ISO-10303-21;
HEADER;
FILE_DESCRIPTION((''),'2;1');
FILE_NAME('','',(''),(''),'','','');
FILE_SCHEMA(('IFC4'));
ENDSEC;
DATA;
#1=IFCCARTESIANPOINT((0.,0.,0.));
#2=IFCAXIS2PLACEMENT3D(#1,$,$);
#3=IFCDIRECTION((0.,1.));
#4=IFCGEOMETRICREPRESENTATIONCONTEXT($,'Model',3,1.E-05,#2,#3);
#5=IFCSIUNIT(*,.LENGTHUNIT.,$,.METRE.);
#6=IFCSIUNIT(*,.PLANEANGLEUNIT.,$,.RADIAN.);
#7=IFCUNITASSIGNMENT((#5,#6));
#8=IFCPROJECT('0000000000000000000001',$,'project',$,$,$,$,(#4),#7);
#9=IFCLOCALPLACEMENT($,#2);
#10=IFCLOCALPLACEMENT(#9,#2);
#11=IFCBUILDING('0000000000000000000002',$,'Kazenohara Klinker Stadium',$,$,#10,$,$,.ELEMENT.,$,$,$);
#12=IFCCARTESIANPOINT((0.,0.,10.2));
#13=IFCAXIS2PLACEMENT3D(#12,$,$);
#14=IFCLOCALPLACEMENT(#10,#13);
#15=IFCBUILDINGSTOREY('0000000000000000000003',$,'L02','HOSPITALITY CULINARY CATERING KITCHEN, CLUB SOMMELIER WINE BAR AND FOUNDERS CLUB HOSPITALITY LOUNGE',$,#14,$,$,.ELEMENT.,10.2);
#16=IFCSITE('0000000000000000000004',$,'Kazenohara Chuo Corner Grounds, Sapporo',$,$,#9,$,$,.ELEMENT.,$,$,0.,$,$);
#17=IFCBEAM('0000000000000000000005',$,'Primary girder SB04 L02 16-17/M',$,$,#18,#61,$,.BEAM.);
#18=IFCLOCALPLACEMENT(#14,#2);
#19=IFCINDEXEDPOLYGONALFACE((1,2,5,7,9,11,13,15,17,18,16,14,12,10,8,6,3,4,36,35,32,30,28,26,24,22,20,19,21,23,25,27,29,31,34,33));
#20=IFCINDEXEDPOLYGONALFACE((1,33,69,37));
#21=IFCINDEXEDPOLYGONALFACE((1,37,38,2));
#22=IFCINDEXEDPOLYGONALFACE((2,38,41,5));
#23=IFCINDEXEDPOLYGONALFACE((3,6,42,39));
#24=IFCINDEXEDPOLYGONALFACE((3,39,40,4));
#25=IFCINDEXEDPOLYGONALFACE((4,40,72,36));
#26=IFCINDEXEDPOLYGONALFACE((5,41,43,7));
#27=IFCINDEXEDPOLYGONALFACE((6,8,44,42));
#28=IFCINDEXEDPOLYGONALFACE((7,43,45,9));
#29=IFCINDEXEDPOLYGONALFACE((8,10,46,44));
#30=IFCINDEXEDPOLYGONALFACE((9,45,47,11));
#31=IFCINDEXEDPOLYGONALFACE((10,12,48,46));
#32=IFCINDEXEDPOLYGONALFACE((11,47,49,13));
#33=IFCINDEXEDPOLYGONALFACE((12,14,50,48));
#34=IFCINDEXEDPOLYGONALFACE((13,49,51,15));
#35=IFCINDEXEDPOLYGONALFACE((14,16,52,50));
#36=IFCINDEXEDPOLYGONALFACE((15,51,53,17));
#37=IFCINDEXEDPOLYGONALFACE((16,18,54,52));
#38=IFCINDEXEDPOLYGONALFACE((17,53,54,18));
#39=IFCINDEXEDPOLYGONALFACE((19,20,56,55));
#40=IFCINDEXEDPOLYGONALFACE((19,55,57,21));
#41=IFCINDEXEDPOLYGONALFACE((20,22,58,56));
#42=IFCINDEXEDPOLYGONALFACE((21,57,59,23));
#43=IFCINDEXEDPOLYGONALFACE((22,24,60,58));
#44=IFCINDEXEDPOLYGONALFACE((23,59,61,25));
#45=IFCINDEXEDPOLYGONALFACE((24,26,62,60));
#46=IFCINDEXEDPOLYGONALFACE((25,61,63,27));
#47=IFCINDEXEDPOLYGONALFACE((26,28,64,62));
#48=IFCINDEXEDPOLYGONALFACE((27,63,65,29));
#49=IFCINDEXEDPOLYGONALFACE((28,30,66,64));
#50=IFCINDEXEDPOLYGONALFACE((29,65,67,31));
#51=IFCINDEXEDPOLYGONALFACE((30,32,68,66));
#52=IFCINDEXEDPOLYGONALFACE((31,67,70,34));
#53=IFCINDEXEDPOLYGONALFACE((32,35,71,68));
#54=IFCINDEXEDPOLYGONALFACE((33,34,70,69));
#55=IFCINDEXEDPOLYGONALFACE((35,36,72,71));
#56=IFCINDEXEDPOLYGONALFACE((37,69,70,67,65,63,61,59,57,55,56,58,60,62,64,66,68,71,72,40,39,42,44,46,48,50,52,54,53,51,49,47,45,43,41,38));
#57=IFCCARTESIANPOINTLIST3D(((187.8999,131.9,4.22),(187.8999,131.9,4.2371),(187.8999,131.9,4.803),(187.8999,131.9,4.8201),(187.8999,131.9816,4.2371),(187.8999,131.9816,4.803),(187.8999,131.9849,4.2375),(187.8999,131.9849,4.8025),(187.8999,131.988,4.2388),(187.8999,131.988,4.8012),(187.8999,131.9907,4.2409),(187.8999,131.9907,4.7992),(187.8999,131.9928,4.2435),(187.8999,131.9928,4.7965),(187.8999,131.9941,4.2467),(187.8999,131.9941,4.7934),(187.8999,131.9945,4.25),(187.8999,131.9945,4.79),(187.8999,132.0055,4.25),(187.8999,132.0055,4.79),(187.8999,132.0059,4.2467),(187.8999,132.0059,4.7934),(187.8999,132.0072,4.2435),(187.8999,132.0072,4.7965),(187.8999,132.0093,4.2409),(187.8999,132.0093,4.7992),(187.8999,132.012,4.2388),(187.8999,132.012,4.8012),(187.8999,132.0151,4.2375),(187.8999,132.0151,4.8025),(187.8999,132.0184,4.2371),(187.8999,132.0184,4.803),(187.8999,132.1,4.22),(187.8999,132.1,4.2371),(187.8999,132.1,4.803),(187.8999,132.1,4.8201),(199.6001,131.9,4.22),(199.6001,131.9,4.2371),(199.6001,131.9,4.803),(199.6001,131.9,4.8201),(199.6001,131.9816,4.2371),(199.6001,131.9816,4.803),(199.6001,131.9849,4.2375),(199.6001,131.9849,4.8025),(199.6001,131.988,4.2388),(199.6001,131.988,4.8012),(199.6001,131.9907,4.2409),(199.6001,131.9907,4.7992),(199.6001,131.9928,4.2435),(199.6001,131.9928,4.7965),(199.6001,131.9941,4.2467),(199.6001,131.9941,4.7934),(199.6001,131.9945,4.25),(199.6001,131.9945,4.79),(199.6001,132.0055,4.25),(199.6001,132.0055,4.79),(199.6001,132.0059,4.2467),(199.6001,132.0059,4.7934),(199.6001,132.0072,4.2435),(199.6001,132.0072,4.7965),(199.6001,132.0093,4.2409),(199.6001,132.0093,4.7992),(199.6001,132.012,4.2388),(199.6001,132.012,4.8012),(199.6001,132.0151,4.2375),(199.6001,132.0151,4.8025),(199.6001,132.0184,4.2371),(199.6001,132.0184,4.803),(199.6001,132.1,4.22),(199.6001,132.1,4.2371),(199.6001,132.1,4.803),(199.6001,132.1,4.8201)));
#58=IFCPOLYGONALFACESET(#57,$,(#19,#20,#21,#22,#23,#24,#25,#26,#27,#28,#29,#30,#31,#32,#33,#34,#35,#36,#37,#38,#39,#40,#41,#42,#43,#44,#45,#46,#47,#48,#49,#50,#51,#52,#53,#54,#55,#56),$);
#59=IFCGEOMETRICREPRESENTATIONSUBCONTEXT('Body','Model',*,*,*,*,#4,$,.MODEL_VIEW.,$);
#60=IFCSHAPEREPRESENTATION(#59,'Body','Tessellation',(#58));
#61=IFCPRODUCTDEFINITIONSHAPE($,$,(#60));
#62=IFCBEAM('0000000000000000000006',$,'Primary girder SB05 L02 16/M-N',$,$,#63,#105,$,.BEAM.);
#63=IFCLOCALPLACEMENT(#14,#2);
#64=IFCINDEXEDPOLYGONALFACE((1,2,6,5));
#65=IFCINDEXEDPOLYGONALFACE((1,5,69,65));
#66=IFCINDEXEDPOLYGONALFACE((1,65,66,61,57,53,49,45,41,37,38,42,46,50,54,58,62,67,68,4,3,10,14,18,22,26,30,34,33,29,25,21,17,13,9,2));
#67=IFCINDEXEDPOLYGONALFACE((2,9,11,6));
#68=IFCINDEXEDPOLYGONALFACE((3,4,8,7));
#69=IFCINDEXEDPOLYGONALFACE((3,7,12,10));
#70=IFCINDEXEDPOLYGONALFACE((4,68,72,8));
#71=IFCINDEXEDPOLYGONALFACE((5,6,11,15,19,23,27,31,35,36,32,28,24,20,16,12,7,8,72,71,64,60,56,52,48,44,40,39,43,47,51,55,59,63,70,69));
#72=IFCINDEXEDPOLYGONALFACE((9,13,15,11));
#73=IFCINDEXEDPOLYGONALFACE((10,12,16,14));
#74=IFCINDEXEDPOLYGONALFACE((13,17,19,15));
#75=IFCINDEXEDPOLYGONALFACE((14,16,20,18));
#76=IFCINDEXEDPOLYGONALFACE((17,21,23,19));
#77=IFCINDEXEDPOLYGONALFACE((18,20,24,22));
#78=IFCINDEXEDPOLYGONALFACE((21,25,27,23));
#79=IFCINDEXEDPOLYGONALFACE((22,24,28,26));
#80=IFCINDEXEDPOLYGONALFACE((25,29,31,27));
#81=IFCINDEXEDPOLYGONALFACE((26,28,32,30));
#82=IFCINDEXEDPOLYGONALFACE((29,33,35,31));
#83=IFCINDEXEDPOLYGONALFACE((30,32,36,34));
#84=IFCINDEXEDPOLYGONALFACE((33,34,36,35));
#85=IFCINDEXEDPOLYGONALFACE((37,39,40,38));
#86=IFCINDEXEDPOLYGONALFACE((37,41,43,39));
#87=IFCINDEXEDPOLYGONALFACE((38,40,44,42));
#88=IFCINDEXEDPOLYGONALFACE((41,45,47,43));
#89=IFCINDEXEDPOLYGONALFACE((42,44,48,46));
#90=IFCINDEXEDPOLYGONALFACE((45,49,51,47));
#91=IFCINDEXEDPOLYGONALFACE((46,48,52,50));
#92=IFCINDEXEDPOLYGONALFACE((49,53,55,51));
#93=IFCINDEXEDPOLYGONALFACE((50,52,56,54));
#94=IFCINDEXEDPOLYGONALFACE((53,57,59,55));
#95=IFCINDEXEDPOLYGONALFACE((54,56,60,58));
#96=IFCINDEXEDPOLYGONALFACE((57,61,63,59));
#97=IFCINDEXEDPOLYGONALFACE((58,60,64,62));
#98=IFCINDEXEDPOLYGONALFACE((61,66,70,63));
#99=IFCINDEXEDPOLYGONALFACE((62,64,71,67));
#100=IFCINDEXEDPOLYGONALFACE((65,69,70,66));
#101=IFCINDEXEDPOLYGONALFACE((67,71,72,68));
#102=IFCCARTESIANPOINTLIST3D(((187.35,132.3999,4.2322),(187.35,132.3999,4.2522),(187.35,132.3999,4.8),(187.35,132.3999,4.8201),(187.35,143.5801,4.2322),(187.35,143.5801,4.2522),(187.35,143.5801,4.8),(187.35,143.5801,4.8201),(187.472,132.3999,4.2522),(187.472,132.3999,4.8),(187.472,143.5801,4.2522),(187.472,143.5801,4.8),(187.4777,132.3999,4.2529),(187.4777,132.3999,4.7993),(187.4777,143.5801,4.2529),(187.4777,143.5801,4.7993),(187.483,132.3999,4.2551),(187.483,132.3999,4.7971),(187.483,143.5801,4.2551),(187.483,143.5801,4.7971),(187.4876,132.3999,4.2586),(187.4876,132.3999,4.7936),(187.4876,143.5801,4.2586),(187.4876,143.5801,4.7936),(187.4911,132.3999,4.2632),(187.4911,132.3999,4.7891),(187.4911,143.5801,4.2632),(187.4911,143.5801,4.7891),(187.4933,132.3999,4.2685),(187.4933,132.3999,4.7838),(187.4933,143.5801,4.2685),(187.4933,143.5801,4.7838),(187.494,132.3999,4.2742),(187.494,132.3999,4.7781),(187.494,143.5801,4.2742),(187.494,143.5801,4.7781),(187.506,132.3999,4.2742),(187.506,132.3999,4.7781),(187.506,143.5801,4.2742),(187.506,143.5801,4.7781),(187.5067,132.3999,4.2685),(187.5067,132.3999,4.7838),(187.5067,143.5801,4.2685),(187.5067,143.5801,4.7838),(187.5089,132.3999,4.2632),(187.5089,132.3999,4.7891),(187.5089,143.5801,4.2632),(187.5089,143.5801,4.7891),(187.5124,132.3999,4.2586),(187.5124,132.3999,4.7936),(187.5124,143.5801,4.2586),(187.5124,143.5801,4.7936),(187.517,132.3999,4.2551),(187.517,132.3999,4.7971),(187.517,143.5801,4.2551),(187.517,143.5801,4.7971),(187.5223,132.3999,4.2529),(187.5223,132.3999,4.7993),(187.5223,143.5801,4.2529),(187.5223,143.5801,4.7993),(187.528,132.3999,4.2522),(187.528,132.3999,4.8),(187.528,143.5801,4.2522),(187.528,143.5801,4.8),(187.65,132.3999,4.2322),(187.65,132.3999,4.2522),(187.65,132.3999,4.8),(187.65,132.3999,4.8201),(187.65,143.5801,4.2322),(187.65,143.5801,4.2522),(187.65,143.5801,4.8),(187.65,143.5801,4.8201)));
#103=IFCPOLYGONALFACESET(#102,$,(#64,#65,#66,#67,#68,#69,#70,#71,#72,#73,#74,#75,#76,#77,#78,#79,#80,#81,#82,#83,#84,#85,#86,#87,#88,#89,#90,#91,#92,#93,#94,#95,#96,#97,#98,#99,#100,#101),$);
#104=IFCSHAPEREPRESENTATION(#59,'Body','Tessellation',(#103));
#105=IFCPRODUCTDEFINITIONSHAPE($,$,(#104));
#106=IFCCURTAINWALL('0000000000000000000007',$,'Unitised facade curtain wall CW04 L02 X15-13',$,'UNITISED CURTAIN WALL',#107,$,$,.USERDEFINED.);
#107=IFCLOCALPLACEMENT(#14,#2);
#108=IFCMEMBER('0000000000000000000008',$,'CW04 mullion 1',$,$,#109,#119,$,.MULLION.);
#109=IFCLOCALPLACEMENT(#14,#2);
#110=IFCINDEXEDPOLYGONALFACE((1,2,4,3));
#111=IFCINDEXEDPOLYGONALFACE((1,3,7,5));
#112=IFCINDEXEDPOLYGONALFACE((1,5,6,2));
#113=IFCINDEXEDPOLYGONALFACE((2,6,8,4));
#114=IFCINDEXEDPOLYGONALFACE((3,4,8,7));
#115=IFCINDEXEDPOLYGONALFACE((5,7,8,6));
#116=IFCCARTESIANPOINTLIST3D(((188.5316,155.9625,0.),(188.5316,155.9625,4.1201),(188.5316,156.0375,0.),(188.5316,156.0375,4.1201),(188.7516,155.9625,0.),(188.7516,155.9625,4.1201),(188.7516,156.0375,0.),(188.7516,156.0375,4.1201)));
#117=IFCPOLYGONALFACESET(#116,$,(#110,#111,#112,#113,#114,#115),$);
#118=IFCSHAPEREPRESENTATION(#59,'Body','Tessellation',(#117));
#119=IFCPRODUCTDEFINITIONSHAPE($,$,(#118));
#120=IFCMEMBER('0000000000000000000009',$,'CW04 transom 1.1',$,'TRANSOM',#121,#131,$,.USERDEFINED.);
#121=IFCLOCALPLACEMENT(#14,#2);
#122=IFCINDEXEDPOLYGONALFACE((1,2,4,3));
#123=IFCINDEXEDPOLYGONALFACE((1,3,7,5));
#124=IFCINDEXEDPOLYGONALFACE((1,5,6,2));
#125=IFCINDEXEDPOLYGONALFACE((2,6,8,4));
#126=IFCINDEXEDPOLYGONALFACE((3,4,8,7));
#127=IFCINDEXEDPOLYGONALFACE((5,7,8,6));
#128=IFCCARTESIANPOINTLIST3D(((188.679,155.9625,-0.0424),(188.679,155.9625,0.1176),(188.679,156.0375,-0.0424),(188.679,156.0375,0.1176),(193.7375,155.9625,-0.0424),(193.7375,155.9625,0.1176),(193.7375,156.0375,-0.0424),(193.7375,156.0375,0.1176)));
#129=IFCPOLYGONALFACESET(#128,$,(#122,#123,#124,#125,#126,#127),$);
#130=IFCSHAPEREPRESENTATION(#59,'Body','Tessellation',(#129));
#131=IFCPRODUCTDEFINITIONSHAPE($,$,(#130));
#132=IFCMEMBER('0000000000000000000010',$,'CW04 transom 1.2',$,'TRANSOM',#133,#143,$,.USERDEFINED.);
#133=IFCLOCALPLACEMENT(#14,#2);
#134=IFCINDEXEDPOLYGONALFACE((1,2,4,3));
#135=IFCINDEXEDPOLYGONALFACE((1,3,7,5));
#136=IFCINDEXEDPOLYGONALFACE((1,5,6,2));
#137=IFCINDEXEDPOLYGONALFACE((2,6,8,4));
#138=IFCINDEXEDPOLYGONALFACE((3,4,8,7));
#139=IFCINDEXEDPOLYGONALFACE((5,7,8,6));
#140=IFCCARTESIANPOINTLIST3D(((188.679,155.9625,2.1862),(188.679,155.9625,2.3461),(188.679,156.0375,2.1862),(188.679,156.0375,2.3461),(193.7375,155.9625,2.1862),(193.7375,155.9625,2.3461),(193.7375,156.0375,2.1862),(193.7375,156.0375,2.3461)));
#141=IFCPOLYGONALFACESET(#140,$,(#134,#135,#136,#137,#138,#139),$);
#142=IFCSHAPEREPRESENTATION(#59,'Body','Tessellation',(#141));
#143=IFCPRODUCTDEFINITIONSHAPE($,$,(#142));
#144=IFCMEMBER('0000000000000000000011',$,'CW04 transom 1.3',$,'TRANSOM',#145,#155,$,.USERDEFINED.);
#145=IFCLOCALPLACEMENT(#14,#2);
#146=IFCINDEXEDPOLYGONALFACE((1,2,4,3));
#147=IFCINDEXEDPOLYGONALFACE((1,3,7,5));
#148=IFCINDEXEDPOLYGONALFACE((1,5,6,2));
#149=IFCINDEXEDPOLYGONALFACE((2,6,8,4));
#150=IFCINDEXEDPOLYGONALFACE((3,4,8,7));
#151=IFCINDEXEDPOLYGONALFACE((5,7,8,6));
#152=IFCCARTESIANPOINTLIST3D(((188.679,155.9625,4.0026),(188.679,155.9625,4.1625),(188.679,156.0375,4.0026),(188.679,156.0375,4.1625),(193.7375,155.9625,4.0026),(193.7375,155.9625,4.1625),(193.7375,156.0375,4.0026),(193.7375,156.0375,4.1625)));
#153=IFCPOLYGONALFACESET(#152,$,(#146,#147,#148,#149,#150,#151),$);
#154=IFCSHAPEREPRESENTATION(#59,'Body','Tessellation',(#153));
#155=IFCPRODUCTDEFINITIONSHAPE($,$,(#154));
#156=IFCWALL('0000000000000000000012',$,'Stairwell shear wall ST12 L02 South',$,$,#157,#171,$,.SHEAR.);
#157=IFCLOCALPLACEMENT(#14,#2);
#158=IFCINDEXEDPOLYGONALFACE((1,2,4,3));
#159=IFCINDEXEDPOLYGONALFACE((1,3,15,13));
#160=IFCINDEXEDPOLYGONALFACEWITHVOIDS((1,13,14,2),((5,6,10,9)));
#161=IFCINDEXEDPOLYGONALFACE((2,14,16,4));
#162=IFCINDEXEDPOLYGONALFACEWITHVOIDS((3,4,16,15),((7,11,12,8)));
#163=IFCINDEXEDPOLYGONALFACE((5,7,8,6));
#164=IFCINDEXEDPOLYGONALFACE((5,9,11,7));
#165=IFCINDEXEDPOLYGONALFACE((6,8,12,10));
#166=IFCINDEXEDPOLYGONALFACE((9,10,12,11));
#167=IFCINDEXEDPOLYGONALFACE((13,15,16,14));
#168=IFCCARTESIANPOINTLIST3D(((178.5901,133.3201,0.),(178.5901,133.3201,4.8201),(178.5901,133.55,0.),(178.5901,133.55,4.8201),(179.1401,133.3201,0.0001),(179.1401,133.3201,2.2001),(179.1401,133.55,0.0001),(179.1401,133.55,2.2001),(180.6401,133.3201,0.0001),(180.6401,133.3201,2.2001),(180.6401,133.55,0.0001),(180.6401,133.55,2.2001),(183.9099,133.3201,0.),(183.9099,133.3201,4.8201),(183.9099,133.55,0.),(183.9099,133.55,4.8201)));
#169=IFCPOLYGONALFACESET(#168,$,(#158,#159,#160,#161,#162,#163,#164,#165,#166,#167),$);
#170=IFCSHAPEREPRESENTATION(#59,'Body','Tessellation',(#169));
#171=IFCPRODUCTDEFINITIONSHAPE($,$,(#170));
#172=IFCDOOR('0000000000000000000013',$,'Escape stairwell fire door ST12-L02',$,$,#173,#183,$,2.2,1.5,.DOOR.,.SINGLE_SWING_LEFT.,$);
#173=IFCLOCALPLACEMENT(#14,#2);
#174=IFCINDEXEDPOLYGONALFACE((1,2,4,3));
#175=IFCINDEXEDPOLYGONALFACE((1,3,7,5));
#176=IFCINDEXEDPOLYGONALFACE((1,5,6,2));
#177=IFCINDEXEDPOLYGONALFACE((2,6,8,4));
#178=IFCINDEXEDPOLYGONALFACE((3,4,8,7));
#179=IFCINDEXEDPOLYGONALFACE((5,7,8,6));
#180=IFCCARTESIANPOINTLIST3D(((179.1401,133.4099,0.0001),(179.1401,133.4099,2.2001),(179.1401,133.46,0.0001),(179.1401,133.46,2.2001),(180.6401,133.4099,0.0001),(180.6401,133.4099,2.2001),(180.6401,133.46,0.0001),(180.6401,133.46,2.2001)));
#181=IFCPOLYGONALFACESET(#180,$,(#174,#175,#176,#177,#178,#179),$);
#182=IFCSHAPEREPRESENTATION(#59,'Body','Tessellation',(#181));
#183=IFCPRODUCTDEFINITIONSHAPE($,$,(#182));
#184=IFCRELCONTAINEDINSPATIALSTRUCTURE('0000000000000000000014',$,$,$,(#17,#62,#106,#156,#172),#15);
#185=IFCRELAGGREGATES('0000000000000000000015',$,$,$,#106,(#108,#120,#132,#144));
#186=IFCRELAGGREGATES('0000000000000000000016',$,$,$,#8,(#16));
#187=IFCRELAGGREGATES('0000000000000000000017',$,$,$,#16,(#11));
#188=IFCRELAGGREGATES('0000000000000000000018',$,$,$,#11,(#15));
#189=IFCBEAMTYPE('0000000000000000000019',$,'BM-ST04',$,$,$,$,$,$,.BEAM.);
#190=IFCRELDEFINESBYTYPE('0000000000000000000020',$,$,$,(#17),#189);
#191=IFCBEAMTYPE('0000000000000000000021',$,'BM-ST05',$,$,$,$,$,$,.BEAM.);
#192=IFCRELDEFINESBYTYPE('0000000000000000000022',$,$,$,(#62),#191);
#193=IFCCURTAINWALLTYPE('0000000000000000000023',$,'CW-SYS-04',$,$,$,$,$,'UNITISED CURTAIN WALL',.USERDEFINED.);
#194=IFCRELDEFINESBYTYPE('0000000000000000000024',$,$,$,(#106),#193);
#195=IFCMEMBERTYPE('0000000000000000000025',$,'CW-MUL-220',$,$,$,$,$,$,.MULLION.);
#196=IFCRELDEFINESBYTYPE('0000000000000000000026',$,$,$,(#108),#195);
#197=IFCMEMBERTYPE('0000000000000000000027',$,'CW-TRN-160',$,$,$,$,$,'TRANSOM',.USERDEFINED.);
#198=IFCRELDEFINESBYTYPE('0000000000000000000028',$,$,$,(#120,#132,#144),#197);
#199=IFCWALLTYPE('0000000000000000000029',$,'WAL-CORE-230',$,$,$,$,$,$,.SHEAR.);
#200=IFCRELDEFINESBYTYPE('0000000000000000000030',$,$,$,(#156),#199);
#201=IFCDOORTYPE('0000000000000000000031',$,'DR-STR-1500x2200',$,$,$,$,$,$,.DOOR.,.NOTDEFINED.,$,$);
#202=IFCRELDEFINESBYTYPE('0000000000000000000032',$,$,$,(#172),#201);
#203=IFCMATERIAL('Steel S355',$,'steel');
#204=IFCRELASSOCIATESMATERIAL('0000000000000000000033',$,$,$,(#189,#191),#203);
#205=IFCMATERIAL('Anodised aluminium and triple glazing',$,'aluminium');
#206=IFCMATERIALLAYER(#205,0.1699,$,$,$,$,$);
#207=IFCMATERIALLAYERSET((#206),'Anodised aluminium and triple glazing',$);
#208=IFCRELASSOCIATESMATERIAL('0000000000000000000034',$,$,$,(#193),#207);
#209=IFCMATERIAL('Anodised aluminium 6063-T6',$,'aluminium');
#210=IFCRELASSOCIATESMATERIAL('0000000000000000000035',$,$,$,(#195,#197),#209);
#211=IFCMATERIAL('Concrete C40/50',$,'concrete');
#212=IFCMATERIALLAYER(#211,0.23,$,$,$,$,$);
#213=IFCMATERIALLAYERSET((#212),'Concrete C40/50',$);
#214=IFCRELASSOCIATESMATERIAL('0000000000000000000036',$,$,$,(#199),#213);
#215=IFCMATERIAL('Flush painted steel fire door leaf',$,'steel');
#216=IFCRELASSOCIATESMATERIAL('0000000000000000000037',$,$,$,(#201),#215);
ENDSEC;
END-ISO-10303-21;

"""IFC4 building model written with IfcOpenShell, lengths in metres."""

from ifc_helpers import new_model, si_unit, direction, frame, frame_2d, origin, origin_2d, place, context, subcontext, project, spatial, rectangle, i_section, extrude, material, layer, layer_set, material_profile, profile_set, type_object, element, fill, aggregate, save


model = new_model("IFC4")

# Units and contexts
model_context = context("Model", 3, precision=1e-05, world=origin(), true_north=direction((0.0, 1.0)))
body_context = subcontext(model_context, "Body", "Model", "MODEL_VIEW")
ifc_project = project(units=[si_unit("LENGTHUNIT", "METRE"), si_unit("PLANEANGLEUNIT", "RADIAN")], contexts=[model_context])

# Site, building, storey
site_placement = place(None, origin())
site = spatial("IfcSite", under=ifc_project, at=site_placement, Name="Kazenohara Chuo Corner Grounds, Sapporo", CompositionType="ELEMENT", RefElevation=0.0)
building_placement = place(site_placement, origin())
building = spatial("IfcBuilding", under=site, at=building_placement, Name="Kazenohara Klinker Stadium", CompositionType="ELEMENT")
storey_placement = place(building_placement, frame((0.0, 0.0, 10.2)))
storey = spatial("IfcBuildingStorey", under=building, at=storey_placement, Name="L02", Description="HOSPITALITY CULINARY CATERING KITCHEN, CLUB SOMMELIER WINE BAR AND FOUNDERS CLUB HOSPITALITY LOUNGE", CompositionType="ELEMENT", Elevation=10.2)

# Shared definitions
ifc_material_1 = material(Name="Concrete C40/50", Category="concrete")

# Beams
ifc_material_2 = material(Name="Steel S355", Category="steel")
ifc_material_profile_1 = material_profile(ifc_material_2, i_section(OverallWidth=0.2, OverallDepth=0.6001, WebThickness=0.011, FlangeThickness=0.0171, FilletRadius=0.0129, at=origin_2d()), Name="H-600x200x11x17")
ifc_profile_set_1 = profile_set([ifc_material_profile_1], Name="Steel S355")
beam_type_1 = type_object("IfcBeamType", Name="BM-ST04", PredefinedType="BEAM", material=ifc_profile_set_1)
beam_1_placement = place(storey_placement, frame((187.8999, 132.0, 4.52), z_axis=(1.0, 0.0, 0.0), x_axis=(0.0, 1.0, 0.0)))
element("IfcBeam", 1, at=beam_1_placement, inside=storey, type_object=beam_type_1, Name="Primary girder SB04 L02 16-17/M", PredefinedType="BEAM", context=body_context, shape_type="SweptSolid", body=[
    extrude(i_section(OverallWidth=0.2, OverallDepth=0.6001, WebThickness=0.011, FlangeThickness=0.0171, FilletRadius=0.0129, at=origin_2d()), origin(), (0.0, 0.0, 1.0), 11.7002),
])
ifc_material_profile_2 = material_profile(ifc_material_2, i_section(OverallWidth=0.3, OverallDepth=0.5879, WebThickness=0.012, FlangeThickness=0.02, FilletRadius=0.022, at=origin_2d()), Name="H-588x300x12x20")
ifc_profile_set_2 = profile_set([ifc_material_profile_2], Name="Steel S355")
beam_type_2 = type_object("IfcBeamType", Name="BM-ST05", PredefinedType="BEAM", material=ifc_profile_set_2)
beam_2_placement = place(storey_placement, frame((187.5, 132.3999, 4.5261), z_axis=(0.0, 1.0, 0.0), x_axis=(-1.0, 0.0, 0.0)))
element("IfcBeam", 2, at=beam_2_placement, inside=storey, type_object=beam_type_2, Name="Primary girder SB05 L02 16/M-N", PredefinedType="BEAM", context=body_context, shape_type="SweptSolid", body=[
    extrude(i_section(OverallWidth=0.3, OverallDepth=0.5879, WebThickness=0.012, FlangeThickness=0.02, FilletRadius=0.022, at=origin_2d()), origin(), (0.0, 0.0, 1.0), 11.1802),
])

# Curtain wall, members
ifc_material_3 = material(Name="Anodised aluminium and triple glazing", Category="aluminium")
ifc_layer_1 = layer(ifc_material_3, 0.1699)
ifc_layer_set_1 = layer_set([ifc_layer_1], Name="Anodised aluminium and triple glazing")
curtain_wall_type = type_object("IfcCurtainWallType", Name="CW-SYS-04", ElementType="UNITISED CURTAIN WALL", PredefinedType="USERDEFINED", material=ifc_layer_set_1)
curtain_wall_placement = place(storey_placement, origin())
curtain_wall = element("IfcCurtainWall", 3, at=curtain_wall_placement, inside=storey, type_object=curtain_wall_type, Name="Unitised facade curtain wall CW04 L02 X15-13", ObjectType="UNITISED CURTAIN WALL", PredefinedType="USERDEFINED")
ifc_material_4 = material(Name="Anodised aluminium 6063-T6", Category="aluminium")
ifc_material_profile_3 = material_profile(ifc_material_4, rectangle(XDim=0.075, YDim=0.22, at=origin_2d()), Name="ALU-MUL-75x220")
ifc_profile_set_3 = profile_set([ifc_material_profile_3], Name="Anodised aluminium 6063-T6")
member_type_1 = type_object("IfcMemberType", Name="CW-MUL-220", PredefinedType="MULLION", material=ifc_profile_set_3)
member_1_placement = place(storey_placement, frame((188.6416, 156.0, 0.0), z_axis=(0.0, 0.0, 1.0), x_axis=(0.0, 1.0, 0.0)))
member_1 = element("IfcMember", 4, at=member_1_placement, type_object=member_type_1, Name="CW04 mullion 1", PredefinedType="MULLION", context=body_context, shape_type="SweptSolid", body=[
    extrude(rectangle(XDim=0.075, YDim=0.22, at=origin_2d()), origin(), (0.0, 0.0, 1.0), 4.1201),
])
ifc_material_profile_4 = material_profile(ifc_material_4, rectangle(XDim=0.075, YDim=0.1599, at=origin_2d()), Name="ALU-TRN-75x160")
ifc_profile_set_4 = profile_set([ifc_material_profile_4], Name="Anodised aluminium 6063-T6")
member_type_2 = type_object("IfcMemberType", Name="CW-TRN-160", ElementType="TRANSOM", PredefinedType="USERDEFINED", material=ifc_profile_set_4)
member_2_placement = place(storey_placement, frame((188.679, 156.0, 0.0376), z_axis=(1.0, 0.0, 0.0), x_axis=(0.0, 1.0, 0.0)))
member_2 = element("IfcMember", 5, at=member_2_placement, type_object=member_type_2, Name="CW04 transom 1.1", ObjectType="TRANSOM", PredefinedType="USERDEFINED", context=body_context, shape_type="SweptSolid", body=[
    extrude(rectangle(XDim=0.075, YDim=0.1599, at=origin_2d()), origin(), (0.0, 0.0, 1.0), 5.0586),
])
member_3_placement = place(storey_placement, frame((188.679, 156.0, 2.2661), z_axis=(1.0, 0.0, 0.0), x_axis=(0.0, 1.0, 0.0)))
member_3 = element("IfcMember", 6, at=member_3_placement, type_object=member_type_2, Name="CW04 transom 1.2", ObjectType="TRANSOM", PredefinedType="USERDEFINED", context=body_context, shape_type="SweptSolid", body=[
    extrude(rectangle(XDim=0.075, YDim=0.1599, at=origin_2d()), origin(), (0.0, 0.0, 1.0), 5.0586),
])
member_4_placement = place(storey_placement, frame((188.679, 156.0, 4.0825), z_axis=(1.0, 0.0, 0.0), x_axis=(0.0, 1.0, 0.0)))
member_4 = element("IfcMember", 7, at=member_4_placement, type_object=member_type_2, Name="CW04 transom 1.3", ObjectType="TRANSOM", PredefinedType="USERDEFINED", context=body_context, shape_type="SweptSolid", body=[
    extrude(rectangle(XDim=0.075, YDim=0.1599, at=origin_2d()), origin(), (0.0, 0.0, 1.0), 5.0586),
])
aggregate(curtain_wall, [member_1, member_2, member_3, member_4])

# Wall, opening, door
ifc_layer_2 = layer(ifc_material_1, 0.23)
ifc_layer_set_2 = layer_set([ifc_layer_2], Name="Concrete C40/50")
wall_type_1 = type_object("IfcWallType", Name="WAL-CORE-230", PredefinedType="SHEAR", material=ifc_layer_set_2)
wall_1_placement = place(storey_placement, frame((178.5901, 133.4351, 0.0), z_axis=(0.0, 0.0, 1.0), x_axis=(1.0, 0.0, 0.0)))
wall_1 = element("IfcWall", 8, at=wall_1_placement, inside=storey, type_object=wall_type_1, Name="Stairwell shear wall ST12 L02 South", PredefinedType="SHEAR", context=body_context, shape_type="SweptSolid", body=[
    extrude(rectangle(XDim=5.3198, YDim=0.23, at=frame_2d((2.6599, 0.0))), origin(), (0.0, 0.0, 1.0), 4.8201),
])
opening_placement = place(wall_1_placement, frame((0.55, 0.0, 0.0)))
opening = element("IfcOpeningElement", 9, at=opening_placement, cuts=wall_1, PredefinedType="OPENING", context=body_context, shape_type="SweptSolid", body=[
    extrude(rectangle(XDim=1.5, YDim=2.2, at=frame_2d((0.75, 1.1001))), frame((0.0, 0.125, 0.0), z_axis=(0.0, -1.0, 0.0), x_axis=(1.0, 0.0, 0.0)), (0.0, 0.0, 1.0), 0.25),
])
ifc_material_5 = material(Name="Flush painted steel fire door leaf", Category="steel")
door_type = type_object("IfcDoorType", Name="DR-STR-1500x2200", OperationType="NOTDEFINED", PredefinedType="DOOR", material=ifc_material_5)
door_placement = place(opening_placement, origin())
door = element("IfcDoor", 10, at=door_placement, inside=storey, type_object=door_type, Name="Escape stairwell fire door ST12-L02", OperationType="SINGLE_SWING_LEFT", OverallHeight=2.2, OverallWidth=1.5, PredefinedType="DOOR", context=body_context, shape_type="SweptSolid", body=[
    extrude(rectangle(XDim=1.5, YDim=2.2, at=frame_2d((0.75, 1.1001))), frame((0.0, 0.0249, 0.0), z_axis=(0.0, -1.0, 0.0), x_axis=(1.0, 0.0, 0.0)), (0.0, 0.0, 1.0), 0.05),
])
fill(opening, door)

save(model, "model.ifc")
